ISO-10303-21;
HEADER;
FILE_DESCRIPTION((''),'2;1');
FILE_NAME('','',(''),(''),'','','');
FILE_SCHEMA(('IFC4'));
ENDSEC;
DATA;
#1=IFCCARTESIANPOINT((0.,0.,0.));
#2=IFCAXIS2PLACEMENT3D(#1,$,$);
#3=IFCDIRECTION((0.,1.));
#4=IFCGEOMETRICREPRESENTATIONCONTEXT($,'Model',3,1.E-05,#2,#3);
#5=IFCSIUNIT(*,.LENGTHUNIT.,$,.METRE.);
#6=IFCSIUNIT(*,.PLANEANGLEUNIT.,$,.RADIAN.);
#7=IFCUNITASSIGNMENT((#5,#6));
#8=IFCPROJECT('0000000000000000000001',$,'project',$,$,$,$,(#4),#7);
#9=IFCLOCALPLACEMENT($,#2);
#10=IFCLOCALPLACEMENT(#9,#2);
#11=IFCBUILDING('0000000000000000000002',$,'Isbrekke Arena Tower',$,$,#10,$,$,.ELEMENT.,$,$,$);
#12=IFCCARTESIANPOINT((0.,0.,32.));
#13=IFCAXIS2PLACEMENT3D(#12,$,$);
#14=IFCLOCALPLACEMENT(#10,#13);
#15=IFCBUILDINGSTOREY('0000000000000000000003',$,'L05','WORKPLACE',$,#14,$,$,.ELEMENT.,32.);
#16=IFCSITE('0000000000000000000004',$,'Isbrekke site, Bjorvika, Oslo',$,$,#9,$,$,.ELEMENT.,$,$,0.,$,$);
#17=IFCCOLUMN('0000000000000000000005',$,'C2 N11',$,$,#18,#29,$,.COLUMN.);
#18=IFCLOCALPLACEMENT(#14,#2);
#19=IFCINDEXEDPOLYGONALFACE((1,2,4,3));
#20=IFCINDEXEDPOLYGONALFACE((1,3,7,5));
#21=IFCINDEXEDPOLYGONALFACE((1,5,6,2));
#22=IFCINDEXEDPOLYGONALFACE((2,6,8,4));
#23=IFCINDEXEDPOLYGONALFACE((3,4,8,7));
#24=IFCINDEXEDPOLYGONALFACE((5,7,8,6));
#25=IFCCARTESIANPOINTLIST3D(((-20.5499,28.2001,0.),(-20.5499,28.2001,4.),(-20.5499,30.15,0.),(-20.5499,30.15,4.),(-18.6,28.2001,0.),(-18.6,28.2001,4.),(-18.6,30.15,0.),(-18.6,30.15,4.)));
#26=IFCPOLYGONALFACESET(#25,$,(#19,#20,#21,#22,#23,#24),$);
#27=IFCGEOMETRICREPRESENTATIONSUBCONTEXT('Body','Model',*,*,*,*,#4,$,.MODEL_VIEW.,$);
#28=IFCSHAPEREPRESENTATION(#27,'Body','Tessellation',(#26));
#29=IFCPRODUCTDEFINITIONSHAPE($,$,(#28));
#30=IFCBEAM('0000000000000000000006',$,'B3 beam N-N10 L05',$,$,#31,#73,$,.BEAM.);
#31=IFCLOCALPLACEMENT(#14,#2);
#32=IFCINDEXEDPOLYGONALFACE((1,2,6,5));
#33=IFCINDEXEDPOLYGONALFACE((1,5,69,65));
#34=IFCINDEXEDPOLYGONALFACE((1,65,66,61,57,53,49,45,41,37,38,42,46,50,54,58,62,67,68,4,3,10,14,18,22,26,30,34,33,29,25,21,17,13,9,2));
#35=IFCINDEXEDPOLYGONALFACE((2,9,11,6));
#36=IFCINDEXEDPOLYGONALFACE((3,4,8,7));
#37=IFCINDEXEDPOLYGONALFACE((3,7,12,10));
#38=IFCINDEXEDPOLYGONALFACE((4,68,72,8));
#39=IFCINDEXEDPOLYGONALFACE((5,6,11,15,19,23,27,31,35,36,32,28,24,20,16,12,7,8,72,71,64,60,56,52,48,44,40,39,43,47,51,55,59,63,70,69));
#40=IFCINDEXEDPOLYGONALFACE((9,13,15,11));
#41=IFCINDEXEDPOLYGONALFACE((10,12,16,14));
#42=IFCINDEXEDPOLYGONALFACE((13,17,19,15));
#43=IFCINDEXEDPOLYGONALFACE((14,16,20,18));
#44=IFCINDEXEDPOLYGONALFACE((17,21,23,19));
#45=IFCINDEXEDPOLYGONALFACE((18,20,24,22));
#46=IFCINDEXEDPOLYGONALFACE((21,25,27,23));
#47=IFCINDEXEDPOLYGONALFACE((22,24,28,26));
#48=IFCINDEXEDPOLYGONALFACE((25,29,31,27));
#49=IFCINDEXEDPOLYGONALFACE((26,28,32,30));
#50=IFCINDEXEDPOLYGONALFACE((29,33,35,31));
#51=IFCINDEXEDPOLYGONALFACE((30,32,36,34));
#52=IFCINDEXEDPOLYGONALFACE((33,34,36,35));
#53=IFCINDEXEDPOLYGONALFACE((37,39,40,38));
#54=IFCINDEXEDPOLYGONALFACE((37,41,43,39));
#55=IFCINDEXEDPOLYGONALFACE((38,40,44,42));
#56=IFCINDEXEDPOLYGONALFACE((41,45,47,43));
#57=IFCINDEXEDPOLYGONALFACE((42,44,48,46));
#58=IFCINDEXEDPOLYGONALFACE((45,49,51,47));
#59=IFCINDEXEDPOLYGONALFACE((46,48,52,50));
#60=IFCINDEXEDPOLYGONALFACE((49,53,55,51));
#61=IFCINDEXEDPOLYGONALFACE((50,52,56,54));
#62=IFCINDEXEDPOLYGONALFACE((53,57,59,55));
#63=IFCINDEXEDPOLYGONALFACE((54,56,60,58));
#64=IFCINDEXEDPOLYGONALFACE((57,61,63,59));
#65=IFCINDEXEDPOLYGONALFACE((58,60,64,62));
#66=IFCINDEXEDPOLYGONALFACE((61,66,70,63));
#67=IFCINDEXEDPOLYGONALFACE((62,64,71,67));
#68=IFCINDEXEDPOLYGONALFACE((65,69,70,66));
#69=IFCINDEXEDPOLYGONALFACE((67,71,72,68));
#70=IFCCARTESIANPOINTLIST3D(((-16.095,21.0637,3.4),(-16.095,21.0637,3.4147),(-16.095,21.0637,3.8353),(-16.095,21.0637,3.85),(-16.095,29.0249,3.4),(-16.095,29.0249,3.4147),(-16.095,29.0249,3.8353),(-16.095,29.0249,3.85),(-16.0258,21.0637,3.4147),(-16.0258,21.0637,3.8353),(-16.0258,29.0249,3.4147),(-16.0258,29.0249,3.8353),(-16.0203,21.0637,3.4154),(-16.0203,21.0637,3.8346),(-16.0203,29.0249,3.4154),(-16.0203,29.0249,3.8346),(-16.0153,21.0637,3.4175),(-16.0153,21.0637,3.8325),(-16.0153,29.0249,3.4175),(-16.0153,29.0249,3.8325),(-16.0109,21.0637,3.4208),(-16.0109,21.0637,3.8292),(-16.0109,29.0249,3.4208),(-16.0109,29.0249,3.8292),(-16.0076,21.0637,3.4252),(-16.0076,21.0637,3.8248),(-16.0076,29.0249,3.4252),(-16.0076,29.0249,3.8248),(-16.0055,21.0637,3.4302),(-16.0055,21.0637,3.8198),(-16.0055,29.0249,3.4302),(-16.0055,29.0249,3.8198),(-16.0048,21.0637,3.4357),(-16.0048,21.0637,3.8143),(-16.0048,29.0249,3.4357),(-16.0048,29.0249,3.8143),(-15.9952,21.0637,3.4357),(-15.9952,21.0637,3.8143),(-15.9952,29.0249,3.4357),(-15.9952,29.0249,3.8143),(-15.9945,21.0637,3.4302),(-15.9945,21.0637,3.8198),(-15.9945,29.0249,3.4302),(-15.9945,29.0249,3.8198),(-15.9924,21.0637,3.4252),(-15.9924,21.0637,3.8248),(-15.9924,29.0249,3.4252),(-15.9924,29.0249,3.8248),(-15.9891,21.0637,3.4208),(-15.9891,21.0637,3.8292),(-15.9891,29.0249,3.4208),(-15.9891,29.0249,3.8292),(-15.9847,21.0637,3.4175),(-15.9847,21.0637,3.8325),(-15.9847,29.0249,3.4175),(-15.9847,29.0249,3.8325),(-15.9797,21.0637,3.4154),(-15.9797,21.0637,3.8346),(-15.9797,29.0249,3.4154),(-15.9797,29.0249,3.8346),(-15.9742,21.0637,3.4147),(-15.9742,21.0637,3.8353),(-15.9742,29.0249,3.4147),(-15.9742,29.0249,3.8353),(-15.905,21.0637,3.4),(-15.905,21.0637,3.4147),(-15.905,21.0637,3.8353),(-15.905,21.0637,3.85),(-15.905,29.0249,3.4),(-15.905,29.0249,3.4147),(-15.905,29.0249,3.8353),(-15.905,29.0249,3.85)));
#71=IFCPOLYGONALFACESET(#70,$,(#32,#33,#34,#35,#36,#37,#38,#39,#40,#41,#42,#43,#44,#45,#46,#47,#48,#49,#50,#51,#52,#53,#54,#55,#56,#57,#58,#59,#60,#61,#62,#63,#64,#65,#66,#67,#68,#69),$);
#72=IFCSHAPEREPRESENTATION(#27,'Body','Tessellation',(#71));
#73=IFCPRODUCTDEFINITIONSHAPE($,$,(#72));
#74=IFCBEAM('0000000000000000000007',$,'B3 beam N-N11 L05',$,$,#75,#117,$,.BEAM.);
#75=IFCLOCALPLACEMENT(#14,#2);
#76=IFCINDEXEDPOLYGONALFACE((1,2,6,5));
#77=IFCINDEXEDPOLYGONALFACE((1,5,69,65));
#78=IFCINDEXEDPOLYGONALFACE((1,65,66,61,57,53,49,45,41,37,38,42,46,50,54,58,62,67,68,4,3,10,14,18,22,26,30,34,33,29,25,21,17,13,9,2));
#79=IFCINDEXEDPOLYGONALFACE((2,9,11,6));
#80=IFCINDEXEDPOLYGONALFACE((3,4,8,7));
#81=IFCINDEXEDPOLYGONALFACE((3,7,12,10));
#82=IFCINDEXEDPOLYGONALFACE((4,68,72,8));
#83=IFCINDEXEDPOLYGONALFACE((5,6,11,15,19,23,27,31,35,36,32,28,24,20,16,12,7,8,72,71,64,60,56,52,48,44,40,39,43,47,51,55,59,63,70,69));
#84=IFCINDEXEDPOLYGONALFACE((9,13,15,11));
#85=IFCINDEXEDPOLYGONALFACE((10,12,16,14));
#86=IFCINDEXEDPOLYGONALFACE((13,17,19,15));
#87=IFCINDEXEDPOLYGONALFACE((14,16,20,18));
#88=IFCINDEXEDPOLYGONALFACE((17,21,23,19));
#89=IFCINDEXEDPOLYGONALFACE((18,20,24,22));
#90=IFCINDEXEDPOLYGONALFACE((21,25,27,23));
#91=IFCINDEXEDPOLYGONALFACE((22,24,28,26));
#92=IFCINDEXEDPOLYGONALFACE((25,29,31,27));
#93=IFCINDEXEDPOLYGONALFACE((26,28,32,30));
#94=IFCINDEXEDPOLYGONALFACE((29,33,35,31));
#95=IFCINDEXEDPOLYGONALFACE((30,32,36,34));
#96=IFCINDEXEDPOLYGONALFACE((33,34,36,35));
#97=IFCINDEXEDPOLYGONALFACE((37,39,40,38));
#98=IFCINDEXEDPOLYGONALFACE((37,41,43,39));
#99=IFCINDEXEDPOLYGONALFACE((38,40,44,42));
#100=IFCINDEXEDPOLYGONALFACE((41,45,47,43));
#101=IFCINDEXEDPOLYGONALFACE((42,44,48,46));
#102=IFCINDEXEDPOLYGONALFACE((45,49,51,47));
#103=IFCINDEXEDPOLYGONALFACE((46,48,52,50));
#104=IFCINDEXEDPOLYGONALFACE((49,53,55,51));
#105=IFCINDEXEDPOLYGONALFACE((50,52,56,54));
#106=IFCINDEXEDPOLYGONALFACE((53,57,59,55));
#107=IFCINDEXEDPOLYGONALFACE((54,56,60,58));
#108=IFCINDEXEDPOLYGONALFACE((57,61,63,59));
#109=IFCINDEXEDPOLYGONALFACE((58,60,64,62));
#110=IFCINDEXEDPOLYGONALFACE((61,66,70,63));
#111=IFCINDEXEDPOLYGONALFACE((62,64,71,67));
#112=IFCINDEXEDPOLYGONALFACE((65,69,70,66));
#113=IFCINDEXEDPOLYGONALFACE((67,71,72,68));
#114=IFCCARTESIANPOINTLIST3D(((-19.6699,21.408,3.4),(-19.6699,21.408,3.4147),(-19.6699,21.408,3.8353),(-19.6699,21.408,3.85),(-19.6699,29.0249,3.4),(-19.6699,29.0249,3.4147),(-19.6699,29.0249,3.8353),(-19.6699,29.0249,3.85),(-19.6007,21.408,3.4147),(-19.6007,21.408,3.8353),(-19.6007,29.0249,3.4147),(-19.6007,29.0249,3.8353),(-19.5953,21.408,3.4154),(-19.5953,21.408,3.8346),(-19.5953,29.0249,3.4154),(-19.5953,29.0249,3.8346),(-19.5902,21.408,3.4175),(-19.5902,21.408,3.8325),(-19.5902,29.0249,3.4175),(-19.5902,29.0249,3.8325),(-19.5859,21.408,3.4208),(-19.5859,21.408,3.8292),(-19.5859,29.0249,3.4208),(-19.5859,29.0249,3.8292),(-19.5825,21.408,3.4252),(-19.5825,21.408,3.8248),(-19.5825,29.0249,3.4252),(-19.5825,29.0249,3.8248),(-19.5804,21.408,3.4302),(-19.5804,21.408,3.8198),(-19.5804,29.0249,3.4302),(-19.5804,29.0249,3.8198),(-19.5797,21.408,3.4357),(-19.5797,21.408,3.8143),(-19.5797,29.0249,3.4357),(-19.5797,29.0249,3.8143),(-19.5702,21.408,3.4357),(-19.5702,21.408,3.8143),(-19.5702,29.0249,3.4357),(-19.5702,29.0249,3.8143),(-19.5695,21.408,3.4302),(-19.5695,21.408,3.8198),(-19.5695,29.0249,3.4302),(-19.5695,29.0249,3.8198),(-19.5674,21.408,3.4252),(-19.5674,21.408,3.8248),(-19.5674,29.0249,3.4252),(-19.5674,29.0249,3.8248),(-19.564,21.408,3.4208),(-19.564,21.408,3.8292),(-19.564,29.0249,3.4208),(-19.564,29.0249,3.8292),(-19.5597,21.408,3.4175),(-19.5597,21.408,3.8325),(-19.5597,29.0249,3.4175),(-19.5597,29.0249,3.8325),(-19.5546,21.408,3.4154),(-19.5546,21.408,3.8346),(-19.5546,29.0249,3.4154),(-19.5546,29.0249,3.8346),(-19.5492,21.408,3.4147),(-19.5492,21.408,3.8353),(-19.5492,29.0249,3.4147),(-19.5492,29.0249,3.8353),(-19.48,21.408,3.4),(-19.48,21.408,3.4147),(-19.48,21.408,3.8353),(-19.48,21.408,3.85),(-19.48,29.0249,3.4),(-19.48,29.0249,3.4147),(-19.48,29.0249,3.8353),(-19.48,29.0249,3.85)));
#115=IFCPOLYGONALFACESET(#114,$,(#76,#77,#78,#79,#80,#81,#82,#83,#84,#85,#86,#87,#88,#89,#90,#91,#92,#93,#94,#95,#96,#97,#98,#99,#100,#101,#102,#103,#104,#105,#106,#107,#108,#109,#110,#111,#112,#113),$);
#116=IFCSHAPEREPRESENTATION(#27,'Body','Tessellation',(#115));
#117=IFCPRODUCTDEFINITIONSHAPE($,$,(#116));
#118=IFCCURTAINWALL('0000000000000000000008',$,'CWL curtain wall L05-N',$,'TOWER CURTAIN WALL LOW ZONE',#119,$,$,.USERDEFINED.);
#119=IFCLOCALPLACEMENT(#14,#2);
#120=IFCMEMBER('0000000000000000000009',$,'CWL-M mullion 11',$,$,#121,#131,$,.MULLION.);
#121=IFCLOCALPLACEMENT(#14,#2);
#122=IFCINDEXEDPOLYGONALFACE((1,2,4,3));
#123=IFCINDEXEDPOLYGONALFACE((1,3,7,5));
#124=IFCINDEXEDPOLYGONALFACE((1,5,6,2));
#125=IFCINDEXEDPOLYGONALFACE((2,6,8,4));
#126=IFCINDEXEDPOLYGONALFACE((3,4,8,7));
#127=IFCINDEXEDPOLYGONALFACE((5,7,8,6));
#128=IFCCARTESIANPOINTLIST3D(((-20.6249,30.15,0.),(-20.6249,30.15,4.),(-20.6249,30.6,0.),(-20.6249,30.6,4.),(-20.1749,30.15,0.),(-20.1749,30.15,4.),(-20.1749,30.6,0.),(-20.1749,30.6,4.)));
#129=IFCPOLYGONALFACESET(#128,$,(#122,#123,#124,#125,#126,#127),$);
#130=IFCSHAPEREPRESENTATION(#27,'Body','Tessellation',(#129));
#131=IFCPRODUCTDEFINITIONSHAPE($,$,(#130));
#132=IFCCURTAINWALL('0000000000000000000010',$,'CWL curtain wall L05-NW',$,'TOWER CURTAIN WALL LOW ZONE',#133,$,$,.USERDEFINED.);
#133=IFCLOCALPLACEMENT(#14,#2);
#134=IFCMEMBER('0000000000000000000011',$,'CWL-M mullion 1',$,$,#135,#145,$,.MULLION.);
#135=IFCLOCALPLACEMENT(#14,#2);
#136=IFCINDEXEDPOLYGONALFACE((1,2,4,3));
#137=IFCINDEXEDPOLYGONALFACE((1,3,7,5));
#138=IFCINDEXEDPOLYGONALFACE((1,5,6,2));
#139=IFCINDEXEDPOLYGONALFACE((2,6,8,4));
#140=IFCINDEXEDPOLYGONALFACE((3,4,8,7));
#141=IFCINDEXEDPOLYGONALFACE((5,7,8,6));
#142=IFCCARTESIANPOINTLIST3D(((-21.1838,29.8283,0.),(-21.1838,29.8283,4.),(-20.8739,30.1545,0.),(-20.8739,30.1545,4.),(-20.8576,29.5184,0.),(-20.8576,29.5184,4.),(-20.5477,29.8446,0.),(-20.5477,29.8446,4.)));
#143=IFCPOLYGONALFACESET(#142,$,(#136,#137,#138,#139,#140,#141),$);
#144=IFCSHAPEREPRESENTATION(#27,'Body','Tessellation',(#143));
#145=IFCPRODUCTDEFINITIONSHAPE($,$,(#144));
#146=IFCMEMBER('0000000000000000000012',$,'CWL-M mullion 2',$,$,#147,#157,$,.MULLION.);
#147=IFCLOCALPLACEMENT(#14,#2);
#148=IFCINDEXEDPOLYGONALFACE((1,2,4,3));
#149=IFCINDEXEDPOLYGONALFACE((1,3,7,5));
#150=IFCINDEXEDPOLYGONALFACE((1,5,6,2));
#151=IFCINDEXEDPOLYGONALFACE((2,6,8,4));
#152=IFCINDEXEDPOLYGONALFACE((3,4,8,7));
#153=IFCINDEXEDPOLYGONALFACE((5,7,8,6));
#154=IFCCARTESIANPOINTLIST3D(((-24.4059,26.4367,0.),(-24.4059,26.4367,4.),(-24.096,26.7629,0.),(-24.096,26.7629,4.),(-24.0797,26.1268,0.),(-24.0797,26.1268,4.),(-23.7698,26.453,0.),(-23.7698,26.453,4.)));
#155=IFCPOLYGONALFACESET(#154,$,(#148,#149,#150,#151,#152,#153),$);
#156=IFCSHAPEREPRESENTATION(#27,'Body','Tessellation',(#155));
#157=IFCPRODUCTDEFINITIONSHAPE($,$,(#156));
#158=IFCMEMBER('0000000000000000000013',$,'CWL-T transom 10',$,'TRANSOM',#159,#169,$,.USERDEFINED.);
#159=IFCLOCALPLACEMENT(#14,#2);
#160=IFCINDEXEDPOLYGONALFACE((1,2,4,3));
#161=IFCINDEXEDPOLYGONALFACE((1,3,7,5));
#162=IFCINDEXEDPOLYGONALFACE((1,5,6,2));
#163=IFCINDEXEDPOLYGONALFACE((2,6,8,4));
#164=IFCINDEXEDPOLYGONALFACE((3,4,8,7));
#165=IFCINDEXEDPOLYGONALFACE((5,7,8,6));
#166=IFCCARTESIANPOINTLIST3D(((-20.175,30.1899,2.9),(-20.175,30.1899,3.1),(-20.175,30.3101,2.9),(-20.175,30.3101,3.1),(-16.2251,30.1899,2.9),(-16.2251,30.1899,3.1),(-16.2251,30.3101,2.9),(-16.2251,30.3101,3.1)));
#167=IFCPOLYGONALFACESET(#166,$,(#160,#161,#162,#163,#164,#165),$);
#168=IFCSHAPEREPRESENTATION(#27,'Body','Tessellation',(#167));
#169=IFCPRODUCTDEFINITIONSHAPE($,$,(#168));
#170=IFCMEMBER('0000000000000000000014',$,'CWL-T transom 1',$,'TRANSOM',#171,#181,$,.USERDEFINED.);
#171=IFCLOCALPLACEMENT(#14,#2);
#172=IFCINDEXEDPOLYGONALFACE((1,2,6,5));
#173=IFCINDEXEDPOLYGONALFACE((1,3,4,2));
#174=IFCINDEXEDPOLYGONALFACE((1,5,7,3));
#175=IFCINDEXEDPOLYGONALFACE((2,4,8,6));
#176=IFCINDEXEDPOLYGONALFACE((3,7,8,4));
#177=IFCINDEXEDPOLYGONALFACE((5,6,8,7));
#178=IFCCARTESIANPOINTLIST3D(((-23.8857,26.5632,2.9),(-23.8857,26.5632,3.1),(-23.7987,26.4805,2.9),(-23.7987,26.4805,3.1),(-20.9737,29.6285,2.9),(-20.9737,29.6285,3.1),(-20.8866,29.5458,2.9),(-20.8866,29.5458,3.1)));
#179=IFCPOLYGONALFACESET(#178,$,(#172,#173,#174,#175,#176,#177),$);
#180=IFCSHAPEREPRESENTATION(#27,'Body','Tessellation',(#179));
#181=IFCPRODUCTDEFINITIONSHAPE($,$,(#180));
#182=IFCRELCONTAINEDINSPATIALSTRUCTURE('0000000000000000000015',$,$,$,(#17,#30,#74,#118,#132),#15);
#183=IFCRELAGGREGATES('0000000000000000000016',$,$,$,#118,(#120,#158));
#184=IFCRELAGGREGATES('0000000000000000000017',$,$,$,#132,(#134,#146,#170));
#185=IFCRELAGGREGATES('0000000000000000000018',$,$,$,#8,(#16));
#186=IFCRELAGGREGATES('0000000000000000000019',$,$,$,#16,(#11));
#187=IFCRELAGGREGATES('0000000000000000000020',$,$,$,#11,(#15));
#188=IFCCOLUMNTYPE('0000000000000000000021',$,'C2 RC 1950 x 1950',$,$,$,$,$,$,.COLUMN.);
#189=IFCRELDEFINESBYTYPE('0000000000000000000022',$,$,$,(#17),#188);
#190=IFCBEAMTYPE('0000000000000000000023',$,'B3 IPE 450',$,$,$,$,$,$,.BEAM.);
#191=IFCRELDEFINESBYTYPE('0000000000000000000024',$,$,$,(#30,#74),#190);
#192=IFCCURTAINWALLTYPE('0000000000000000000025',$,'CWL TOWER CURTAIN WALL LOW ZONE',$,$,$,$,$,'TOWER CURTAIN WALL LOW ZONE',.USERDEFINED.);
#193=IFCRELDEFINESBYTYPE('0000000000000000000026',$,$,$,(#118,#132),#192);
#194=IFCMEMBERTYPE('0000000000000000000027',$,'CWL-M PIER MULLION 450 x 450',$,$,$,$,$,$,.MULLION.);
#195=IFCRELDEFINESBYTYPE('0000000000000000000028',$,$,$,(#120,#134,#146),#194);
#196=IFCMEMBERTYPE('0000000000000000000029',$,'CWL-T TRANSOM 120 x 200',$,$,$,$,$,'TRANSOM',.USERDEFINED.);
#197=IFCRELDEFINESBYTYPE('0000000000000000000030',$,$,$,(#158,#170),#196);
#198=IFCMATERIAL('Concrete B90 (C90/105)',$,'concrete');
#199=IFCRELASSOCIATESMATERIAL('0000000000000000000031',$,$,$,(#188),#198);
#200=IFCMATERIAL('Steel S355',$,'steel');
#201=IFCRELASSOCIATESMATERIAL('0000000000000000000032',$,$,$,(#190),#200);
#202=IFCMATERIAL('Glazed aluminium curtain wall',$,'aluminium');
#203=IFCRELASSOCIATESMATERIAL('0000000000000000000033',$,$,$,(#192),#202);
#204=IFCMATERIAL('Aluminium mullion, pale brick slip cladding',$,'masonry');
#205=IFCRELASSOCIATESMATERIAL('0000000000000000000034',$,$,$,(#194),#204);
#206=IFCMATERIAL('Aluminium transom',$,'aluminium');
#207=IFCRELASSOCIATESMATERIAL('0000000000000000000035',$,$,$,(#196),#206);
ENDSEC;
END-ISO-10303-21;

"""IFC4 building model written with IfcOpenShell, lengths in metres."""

from ifc_helpers import new_model, si_unit, direction, frame, origin, origin_2d, place, context, subcontext, project, spatial, rectangle, i_section, extrude, material, material_profile, profile_set, type_object, element, aggregate, save


model = new_model("IFC4")

# Units and contexts
model_context = context("Model", 3, precision=1e-05, world=origin(), true_north=direction((0.0, 1.0)))
body_context = subcontext(model_context, "Body", "Model", "MODEL_VIEW")
ifc_project = project(units=[si_unit("LENGTHUNIT", "METRE"), si_unit("PLANEANGLEUNIT", "RADIAN")], contexts=[model_context])

# Site, building, storey
site_placement = place(None, origin())
site = spatial("IfcSite", under=ifc_project, at=site_placement, Name="Isbrekke site, Bjorvika, Oslo", CompositionType="ELEMENT", RefElevation=0.0)
building_placement = place(site_placement, origin())
building = spatial("IfcBuilding", under=site, at=building_placement, Name="Isbrekke Arena Tower", CompositionType="ELEMENT")
storey_placement = place(building_placement, frame((0.0, 0.0, 32.0)))
storey = spatial("IfcBuildingStorey", under=building, at=storey_placement, Name="L05", Description="WORKPLACE", CompositionType="ELEMENT", Elevation=32.0)

# Column
ifc_material_1 = material(Name="Concrete B90 (C90/105)", Category="concrete")
ifc_material_profile_1 = material_profile(ifc_material_1, rectangle(XDim=1.95, YDim=1.95, at=origin_2d()), Name="RC 1950x1950")
ifc_profile_set_1 = profile_set([ifc_material_profile_1], Name="Concrete B90 (C90/105)")
column_type = type_object("IfcColumnType", Name="C2 RC 1950 x 1950", PredefinedType="COLUMN", material=ifc_profile_set_1)
column_placement = place(storey_placement, frame((-19.575, 29.175, 0.0), z_axis=(0.0, 0.0, 1.0), x_axis=(-1.0, 0.0, 0.0)))
element("IfcColumn", 1, at=column_placement, inside=storey, type_object=column_type, Name="C2 N11", PredefinedType="COLUMN", context=body_context, shape_type="SweptSolid", body=[
    extrude(rectangle(XDim=1.95, YDim=1.95, at=origin_2d()), origin(), (0.0, 0.0, 1.0), 4.0),
])

# Beams
ifc_material_2 = material(Name="Steel S355", Category="steel")
ifc_material_profile_2 = material_profile(ifc_material_2, i_section(OverallWidth=0.1899, OverallDepth=0.45, WebThickness=0.0095, FlangeThickness=0.0146, FilletRadius=0.021, at=origin_2d()), Name="IPE 450")
ifc_profile_set_2 = profile_set([ifc_material_profile_2], Name="Steel S355")
beam_type_1 = type_object("IfcBeamType", Name="B3 IPE 450", PredefinedType="BEAM", material=ifc_profile_set_2)
beam_1_placement = place(storey_placement, frame((-16.0, 29.0249, 3.625), z_axis=(0.0, -1.0, 0.0), x_axis=(1.0, 0.0, 0.0)))
element("IfcBeam", 2, at=beam_1_placement, inside=storey, type_object=beam_type_1, Name="B3 beam N-N10 L05", PredefinedType="BEAM", context=body_context, shape_type="SweptSolid", body=[
    extrude(i_section(OverallWidth=0.1899, OverallDepth=0.45, WebThickness=0.0095, FlangeThickness=0.0146, FilletRadius=0.021, at=origin_2d()), origin(), (0.0, 0.0, 1.0), 7.9612),
])
beam_2_placement = place(storey_placement, frame((-19.575, 29.0249, 3.625), z_axis=(0.0, -1.0, 0.0), x_axis=(1.0, 0.0, 0.0)))
element("IfcBeam", 3, at=beam_2_placement, inside=storey, type_object=beam_type_1, Name="B3 beam N-N11 L05", PredefinedType="BEAM", context=body_context, shape_type="SweptSolid", body=[
    extrude(i_section(OverallWidth=0.1899, OverallDepth=0.45, WebThickness=0.0095, FlangeThickness=0.0146, FilletRadius=0.021, at=origin_2d()), origin(), (0.0, 0.0, 1.0), 7.6169),
])

# Curtain wall, member
ifc_material_3 = material(Name="Glazed aluminium curtain wall", Category="aluminium")
curtain_wall_type = type_object("IfcCurtainWallType", Name="CWL TOWER CURTAIN WALL LOW ZONE", ElementType="TOWER CURTAIN WALL LOW ZONE", PredefinedType="USERDEFINED", material=ifc_material_3)
curtain_wall_1_placement = place(storey_placement, origin())
curtain_wall_1 = element("IfcCurtainWall", 4, at=curtain_wall_1_placement, inside=storey, type_object=curtain_wall_type, Name="CWL curtain wall L05-N", ObjectType="TOWER CURTAIN WALL LOW ZONE", PredefinedType="USERDEFINED")
ifc_material_4 = material(Name="Aluminium mullion, pale brick slip cladding", Category="masonry")
ifc_material_profile_3 = material_profile(ifc_material_4, rectangle(XDim=0.45, YDim=0.45, at=origin_2d()), Name="PIER 450X450")
ifc_profile_set_3 = profile_set([ifc_material_profile_3], Name="Aluminium mullion, pale brick slip cladding")
member_type_1 = type_object("IfcMemberType", Name="CWL-M PIER MULLION 450 x 450", PredefinedType="MULLION", material=ifc_profile_set_3)
member_1_placement = place(storey_placement, frame((-20.3999, 30.375, 0.0), z_axis=(0.0, 0.0, 1.0), x_axis=(-1.0, 0.0, 0.0)))
member_1 = element("IfcMember", 5, at=member_1_placement, type_object=member_type_1, Name="CWL-M mullion 11", PredefinedType="MULLION", context=body_context, shape_type="SweptSolid", body=[
    extrude(rectangle(XDim=0.45, YDim=0.45, at=origin_2d()), origin(), (0.0, 0.0, 1.0), 4.0),
])

# Curtain wall, members
curtain_wall_2_placement = place(storey_placement, origin())
curtain_wall_2 = element("IfcCurtainWall", 6, at=curtain_wall_2_placement, inside=storey, type_object=curtain_wall_type, Name="CWL curtain wall L05-NW", ObjectType="TOWER CURTAIN WALL LOW ZONE", PredefinedType="USERDEFINED")
member_2_placement = place(storey_placement, frame((-20.8657, 29.8364, 0.0), z_axis=(0.0, 0.0, 1.0), x_axis=(-0.688749, -0.724999, 0.0)))
member_2 = element("IfcMember", 7, at=member_2_placement, type_object=member_type_1, Name="CWL-M mullion 1", PredefinedType="MULLION", context=body_context, shape_type="SweptSolid", body=[
    extrude(rectangle(XDim=0.45, YDim=0.45, at=origin_2d()), origin(), (0.0, 0.0, 1.0), 4.0),
])
member_3_placement = place(storey_placement, frame((-24.0879, 26.4448, 0.0), z_axis=(0.0, 0.0, 1.0), x_axis=(-0.688749, -0.724999, 0.0)))
member_3 = element("IfcMember", 8, at=member_3_placement, type_object=member_type_1, Name="CWL-M mullion 2", PredefinedType="MULLION", context=body_context, shape_type="SweptSolid", body=[
    extrude(rectangle(XDim=0.45, YDim=0.45, at=origin_2d()), origin(), (0.0, 0.0, 1.0), 4.0),
])

# Members
ifc_material_5 = material(Name="Aluminium transom", Category="aluminium")
ifc_material_profile_4 = material_profile(ifc_material_5, rectangle(XDim=0.1201, YDim=0.2, at=origin_2d()), Name="TRANSOM 120X200")
ifc_profile_set_4 = profile_set([ifc_material_profile_4], Name="Aluminium transom")
member_type_2 = type_object("IfcMemberType", Name="CWL-T TRANSOM 120 x 200", ElementType="TRANSOM", PredefinedType="USERDEFINED", material=ifc_profile_set_4)
member_4_placement = place(storey_placement, frame((-16.2251, 30.25, 3.0), z_axis=(-1.0, 0.0, 0.0), x_axis=(0.0, -1.0, 0.0)))
member_4 = element("IfcMember", 9, at=member_4_placement, type_object=member_type_2, Name="CWL-T transom 10", ObjectType="TRANSOM", PredefinedType="USERDEFINED", context=body_context, shape_type="SweptSolid", body=[
    extrude(rectangle(XDim=0.1201, YDim=0.2, at=origin_2d()), origin(), (0.0, 0.0, 1.0), 3.95),
])
member_5_placement = place(storey_placement, frame((-20.9302, 29.5872, 3.0), z_axis=(-0.688743, -0.725005, 0.0), x_axis=(0.725005, -0.688743, 0.0)))
member_5 = element("IfcMember", 10, at=member_5_placement, type_object=member_type_2, Name="CWL-T transom 1", ObjectType="TRANSOM", PredefinedType="USERDEFINED", context=body_context, shape_type="SweptSolid", body=[
    extrude(rectangle(XDim=0.1201, YDim=0.2, at=origin_2d()), origin(), (0.0, 0.0, 1.0), 4.228),
])

aggregate(curtain_wall_1, [member_1, member_4])
aggregate(curtain_wall_2, [member_2, member_3, member_5])

save(model, "model.ifc")
